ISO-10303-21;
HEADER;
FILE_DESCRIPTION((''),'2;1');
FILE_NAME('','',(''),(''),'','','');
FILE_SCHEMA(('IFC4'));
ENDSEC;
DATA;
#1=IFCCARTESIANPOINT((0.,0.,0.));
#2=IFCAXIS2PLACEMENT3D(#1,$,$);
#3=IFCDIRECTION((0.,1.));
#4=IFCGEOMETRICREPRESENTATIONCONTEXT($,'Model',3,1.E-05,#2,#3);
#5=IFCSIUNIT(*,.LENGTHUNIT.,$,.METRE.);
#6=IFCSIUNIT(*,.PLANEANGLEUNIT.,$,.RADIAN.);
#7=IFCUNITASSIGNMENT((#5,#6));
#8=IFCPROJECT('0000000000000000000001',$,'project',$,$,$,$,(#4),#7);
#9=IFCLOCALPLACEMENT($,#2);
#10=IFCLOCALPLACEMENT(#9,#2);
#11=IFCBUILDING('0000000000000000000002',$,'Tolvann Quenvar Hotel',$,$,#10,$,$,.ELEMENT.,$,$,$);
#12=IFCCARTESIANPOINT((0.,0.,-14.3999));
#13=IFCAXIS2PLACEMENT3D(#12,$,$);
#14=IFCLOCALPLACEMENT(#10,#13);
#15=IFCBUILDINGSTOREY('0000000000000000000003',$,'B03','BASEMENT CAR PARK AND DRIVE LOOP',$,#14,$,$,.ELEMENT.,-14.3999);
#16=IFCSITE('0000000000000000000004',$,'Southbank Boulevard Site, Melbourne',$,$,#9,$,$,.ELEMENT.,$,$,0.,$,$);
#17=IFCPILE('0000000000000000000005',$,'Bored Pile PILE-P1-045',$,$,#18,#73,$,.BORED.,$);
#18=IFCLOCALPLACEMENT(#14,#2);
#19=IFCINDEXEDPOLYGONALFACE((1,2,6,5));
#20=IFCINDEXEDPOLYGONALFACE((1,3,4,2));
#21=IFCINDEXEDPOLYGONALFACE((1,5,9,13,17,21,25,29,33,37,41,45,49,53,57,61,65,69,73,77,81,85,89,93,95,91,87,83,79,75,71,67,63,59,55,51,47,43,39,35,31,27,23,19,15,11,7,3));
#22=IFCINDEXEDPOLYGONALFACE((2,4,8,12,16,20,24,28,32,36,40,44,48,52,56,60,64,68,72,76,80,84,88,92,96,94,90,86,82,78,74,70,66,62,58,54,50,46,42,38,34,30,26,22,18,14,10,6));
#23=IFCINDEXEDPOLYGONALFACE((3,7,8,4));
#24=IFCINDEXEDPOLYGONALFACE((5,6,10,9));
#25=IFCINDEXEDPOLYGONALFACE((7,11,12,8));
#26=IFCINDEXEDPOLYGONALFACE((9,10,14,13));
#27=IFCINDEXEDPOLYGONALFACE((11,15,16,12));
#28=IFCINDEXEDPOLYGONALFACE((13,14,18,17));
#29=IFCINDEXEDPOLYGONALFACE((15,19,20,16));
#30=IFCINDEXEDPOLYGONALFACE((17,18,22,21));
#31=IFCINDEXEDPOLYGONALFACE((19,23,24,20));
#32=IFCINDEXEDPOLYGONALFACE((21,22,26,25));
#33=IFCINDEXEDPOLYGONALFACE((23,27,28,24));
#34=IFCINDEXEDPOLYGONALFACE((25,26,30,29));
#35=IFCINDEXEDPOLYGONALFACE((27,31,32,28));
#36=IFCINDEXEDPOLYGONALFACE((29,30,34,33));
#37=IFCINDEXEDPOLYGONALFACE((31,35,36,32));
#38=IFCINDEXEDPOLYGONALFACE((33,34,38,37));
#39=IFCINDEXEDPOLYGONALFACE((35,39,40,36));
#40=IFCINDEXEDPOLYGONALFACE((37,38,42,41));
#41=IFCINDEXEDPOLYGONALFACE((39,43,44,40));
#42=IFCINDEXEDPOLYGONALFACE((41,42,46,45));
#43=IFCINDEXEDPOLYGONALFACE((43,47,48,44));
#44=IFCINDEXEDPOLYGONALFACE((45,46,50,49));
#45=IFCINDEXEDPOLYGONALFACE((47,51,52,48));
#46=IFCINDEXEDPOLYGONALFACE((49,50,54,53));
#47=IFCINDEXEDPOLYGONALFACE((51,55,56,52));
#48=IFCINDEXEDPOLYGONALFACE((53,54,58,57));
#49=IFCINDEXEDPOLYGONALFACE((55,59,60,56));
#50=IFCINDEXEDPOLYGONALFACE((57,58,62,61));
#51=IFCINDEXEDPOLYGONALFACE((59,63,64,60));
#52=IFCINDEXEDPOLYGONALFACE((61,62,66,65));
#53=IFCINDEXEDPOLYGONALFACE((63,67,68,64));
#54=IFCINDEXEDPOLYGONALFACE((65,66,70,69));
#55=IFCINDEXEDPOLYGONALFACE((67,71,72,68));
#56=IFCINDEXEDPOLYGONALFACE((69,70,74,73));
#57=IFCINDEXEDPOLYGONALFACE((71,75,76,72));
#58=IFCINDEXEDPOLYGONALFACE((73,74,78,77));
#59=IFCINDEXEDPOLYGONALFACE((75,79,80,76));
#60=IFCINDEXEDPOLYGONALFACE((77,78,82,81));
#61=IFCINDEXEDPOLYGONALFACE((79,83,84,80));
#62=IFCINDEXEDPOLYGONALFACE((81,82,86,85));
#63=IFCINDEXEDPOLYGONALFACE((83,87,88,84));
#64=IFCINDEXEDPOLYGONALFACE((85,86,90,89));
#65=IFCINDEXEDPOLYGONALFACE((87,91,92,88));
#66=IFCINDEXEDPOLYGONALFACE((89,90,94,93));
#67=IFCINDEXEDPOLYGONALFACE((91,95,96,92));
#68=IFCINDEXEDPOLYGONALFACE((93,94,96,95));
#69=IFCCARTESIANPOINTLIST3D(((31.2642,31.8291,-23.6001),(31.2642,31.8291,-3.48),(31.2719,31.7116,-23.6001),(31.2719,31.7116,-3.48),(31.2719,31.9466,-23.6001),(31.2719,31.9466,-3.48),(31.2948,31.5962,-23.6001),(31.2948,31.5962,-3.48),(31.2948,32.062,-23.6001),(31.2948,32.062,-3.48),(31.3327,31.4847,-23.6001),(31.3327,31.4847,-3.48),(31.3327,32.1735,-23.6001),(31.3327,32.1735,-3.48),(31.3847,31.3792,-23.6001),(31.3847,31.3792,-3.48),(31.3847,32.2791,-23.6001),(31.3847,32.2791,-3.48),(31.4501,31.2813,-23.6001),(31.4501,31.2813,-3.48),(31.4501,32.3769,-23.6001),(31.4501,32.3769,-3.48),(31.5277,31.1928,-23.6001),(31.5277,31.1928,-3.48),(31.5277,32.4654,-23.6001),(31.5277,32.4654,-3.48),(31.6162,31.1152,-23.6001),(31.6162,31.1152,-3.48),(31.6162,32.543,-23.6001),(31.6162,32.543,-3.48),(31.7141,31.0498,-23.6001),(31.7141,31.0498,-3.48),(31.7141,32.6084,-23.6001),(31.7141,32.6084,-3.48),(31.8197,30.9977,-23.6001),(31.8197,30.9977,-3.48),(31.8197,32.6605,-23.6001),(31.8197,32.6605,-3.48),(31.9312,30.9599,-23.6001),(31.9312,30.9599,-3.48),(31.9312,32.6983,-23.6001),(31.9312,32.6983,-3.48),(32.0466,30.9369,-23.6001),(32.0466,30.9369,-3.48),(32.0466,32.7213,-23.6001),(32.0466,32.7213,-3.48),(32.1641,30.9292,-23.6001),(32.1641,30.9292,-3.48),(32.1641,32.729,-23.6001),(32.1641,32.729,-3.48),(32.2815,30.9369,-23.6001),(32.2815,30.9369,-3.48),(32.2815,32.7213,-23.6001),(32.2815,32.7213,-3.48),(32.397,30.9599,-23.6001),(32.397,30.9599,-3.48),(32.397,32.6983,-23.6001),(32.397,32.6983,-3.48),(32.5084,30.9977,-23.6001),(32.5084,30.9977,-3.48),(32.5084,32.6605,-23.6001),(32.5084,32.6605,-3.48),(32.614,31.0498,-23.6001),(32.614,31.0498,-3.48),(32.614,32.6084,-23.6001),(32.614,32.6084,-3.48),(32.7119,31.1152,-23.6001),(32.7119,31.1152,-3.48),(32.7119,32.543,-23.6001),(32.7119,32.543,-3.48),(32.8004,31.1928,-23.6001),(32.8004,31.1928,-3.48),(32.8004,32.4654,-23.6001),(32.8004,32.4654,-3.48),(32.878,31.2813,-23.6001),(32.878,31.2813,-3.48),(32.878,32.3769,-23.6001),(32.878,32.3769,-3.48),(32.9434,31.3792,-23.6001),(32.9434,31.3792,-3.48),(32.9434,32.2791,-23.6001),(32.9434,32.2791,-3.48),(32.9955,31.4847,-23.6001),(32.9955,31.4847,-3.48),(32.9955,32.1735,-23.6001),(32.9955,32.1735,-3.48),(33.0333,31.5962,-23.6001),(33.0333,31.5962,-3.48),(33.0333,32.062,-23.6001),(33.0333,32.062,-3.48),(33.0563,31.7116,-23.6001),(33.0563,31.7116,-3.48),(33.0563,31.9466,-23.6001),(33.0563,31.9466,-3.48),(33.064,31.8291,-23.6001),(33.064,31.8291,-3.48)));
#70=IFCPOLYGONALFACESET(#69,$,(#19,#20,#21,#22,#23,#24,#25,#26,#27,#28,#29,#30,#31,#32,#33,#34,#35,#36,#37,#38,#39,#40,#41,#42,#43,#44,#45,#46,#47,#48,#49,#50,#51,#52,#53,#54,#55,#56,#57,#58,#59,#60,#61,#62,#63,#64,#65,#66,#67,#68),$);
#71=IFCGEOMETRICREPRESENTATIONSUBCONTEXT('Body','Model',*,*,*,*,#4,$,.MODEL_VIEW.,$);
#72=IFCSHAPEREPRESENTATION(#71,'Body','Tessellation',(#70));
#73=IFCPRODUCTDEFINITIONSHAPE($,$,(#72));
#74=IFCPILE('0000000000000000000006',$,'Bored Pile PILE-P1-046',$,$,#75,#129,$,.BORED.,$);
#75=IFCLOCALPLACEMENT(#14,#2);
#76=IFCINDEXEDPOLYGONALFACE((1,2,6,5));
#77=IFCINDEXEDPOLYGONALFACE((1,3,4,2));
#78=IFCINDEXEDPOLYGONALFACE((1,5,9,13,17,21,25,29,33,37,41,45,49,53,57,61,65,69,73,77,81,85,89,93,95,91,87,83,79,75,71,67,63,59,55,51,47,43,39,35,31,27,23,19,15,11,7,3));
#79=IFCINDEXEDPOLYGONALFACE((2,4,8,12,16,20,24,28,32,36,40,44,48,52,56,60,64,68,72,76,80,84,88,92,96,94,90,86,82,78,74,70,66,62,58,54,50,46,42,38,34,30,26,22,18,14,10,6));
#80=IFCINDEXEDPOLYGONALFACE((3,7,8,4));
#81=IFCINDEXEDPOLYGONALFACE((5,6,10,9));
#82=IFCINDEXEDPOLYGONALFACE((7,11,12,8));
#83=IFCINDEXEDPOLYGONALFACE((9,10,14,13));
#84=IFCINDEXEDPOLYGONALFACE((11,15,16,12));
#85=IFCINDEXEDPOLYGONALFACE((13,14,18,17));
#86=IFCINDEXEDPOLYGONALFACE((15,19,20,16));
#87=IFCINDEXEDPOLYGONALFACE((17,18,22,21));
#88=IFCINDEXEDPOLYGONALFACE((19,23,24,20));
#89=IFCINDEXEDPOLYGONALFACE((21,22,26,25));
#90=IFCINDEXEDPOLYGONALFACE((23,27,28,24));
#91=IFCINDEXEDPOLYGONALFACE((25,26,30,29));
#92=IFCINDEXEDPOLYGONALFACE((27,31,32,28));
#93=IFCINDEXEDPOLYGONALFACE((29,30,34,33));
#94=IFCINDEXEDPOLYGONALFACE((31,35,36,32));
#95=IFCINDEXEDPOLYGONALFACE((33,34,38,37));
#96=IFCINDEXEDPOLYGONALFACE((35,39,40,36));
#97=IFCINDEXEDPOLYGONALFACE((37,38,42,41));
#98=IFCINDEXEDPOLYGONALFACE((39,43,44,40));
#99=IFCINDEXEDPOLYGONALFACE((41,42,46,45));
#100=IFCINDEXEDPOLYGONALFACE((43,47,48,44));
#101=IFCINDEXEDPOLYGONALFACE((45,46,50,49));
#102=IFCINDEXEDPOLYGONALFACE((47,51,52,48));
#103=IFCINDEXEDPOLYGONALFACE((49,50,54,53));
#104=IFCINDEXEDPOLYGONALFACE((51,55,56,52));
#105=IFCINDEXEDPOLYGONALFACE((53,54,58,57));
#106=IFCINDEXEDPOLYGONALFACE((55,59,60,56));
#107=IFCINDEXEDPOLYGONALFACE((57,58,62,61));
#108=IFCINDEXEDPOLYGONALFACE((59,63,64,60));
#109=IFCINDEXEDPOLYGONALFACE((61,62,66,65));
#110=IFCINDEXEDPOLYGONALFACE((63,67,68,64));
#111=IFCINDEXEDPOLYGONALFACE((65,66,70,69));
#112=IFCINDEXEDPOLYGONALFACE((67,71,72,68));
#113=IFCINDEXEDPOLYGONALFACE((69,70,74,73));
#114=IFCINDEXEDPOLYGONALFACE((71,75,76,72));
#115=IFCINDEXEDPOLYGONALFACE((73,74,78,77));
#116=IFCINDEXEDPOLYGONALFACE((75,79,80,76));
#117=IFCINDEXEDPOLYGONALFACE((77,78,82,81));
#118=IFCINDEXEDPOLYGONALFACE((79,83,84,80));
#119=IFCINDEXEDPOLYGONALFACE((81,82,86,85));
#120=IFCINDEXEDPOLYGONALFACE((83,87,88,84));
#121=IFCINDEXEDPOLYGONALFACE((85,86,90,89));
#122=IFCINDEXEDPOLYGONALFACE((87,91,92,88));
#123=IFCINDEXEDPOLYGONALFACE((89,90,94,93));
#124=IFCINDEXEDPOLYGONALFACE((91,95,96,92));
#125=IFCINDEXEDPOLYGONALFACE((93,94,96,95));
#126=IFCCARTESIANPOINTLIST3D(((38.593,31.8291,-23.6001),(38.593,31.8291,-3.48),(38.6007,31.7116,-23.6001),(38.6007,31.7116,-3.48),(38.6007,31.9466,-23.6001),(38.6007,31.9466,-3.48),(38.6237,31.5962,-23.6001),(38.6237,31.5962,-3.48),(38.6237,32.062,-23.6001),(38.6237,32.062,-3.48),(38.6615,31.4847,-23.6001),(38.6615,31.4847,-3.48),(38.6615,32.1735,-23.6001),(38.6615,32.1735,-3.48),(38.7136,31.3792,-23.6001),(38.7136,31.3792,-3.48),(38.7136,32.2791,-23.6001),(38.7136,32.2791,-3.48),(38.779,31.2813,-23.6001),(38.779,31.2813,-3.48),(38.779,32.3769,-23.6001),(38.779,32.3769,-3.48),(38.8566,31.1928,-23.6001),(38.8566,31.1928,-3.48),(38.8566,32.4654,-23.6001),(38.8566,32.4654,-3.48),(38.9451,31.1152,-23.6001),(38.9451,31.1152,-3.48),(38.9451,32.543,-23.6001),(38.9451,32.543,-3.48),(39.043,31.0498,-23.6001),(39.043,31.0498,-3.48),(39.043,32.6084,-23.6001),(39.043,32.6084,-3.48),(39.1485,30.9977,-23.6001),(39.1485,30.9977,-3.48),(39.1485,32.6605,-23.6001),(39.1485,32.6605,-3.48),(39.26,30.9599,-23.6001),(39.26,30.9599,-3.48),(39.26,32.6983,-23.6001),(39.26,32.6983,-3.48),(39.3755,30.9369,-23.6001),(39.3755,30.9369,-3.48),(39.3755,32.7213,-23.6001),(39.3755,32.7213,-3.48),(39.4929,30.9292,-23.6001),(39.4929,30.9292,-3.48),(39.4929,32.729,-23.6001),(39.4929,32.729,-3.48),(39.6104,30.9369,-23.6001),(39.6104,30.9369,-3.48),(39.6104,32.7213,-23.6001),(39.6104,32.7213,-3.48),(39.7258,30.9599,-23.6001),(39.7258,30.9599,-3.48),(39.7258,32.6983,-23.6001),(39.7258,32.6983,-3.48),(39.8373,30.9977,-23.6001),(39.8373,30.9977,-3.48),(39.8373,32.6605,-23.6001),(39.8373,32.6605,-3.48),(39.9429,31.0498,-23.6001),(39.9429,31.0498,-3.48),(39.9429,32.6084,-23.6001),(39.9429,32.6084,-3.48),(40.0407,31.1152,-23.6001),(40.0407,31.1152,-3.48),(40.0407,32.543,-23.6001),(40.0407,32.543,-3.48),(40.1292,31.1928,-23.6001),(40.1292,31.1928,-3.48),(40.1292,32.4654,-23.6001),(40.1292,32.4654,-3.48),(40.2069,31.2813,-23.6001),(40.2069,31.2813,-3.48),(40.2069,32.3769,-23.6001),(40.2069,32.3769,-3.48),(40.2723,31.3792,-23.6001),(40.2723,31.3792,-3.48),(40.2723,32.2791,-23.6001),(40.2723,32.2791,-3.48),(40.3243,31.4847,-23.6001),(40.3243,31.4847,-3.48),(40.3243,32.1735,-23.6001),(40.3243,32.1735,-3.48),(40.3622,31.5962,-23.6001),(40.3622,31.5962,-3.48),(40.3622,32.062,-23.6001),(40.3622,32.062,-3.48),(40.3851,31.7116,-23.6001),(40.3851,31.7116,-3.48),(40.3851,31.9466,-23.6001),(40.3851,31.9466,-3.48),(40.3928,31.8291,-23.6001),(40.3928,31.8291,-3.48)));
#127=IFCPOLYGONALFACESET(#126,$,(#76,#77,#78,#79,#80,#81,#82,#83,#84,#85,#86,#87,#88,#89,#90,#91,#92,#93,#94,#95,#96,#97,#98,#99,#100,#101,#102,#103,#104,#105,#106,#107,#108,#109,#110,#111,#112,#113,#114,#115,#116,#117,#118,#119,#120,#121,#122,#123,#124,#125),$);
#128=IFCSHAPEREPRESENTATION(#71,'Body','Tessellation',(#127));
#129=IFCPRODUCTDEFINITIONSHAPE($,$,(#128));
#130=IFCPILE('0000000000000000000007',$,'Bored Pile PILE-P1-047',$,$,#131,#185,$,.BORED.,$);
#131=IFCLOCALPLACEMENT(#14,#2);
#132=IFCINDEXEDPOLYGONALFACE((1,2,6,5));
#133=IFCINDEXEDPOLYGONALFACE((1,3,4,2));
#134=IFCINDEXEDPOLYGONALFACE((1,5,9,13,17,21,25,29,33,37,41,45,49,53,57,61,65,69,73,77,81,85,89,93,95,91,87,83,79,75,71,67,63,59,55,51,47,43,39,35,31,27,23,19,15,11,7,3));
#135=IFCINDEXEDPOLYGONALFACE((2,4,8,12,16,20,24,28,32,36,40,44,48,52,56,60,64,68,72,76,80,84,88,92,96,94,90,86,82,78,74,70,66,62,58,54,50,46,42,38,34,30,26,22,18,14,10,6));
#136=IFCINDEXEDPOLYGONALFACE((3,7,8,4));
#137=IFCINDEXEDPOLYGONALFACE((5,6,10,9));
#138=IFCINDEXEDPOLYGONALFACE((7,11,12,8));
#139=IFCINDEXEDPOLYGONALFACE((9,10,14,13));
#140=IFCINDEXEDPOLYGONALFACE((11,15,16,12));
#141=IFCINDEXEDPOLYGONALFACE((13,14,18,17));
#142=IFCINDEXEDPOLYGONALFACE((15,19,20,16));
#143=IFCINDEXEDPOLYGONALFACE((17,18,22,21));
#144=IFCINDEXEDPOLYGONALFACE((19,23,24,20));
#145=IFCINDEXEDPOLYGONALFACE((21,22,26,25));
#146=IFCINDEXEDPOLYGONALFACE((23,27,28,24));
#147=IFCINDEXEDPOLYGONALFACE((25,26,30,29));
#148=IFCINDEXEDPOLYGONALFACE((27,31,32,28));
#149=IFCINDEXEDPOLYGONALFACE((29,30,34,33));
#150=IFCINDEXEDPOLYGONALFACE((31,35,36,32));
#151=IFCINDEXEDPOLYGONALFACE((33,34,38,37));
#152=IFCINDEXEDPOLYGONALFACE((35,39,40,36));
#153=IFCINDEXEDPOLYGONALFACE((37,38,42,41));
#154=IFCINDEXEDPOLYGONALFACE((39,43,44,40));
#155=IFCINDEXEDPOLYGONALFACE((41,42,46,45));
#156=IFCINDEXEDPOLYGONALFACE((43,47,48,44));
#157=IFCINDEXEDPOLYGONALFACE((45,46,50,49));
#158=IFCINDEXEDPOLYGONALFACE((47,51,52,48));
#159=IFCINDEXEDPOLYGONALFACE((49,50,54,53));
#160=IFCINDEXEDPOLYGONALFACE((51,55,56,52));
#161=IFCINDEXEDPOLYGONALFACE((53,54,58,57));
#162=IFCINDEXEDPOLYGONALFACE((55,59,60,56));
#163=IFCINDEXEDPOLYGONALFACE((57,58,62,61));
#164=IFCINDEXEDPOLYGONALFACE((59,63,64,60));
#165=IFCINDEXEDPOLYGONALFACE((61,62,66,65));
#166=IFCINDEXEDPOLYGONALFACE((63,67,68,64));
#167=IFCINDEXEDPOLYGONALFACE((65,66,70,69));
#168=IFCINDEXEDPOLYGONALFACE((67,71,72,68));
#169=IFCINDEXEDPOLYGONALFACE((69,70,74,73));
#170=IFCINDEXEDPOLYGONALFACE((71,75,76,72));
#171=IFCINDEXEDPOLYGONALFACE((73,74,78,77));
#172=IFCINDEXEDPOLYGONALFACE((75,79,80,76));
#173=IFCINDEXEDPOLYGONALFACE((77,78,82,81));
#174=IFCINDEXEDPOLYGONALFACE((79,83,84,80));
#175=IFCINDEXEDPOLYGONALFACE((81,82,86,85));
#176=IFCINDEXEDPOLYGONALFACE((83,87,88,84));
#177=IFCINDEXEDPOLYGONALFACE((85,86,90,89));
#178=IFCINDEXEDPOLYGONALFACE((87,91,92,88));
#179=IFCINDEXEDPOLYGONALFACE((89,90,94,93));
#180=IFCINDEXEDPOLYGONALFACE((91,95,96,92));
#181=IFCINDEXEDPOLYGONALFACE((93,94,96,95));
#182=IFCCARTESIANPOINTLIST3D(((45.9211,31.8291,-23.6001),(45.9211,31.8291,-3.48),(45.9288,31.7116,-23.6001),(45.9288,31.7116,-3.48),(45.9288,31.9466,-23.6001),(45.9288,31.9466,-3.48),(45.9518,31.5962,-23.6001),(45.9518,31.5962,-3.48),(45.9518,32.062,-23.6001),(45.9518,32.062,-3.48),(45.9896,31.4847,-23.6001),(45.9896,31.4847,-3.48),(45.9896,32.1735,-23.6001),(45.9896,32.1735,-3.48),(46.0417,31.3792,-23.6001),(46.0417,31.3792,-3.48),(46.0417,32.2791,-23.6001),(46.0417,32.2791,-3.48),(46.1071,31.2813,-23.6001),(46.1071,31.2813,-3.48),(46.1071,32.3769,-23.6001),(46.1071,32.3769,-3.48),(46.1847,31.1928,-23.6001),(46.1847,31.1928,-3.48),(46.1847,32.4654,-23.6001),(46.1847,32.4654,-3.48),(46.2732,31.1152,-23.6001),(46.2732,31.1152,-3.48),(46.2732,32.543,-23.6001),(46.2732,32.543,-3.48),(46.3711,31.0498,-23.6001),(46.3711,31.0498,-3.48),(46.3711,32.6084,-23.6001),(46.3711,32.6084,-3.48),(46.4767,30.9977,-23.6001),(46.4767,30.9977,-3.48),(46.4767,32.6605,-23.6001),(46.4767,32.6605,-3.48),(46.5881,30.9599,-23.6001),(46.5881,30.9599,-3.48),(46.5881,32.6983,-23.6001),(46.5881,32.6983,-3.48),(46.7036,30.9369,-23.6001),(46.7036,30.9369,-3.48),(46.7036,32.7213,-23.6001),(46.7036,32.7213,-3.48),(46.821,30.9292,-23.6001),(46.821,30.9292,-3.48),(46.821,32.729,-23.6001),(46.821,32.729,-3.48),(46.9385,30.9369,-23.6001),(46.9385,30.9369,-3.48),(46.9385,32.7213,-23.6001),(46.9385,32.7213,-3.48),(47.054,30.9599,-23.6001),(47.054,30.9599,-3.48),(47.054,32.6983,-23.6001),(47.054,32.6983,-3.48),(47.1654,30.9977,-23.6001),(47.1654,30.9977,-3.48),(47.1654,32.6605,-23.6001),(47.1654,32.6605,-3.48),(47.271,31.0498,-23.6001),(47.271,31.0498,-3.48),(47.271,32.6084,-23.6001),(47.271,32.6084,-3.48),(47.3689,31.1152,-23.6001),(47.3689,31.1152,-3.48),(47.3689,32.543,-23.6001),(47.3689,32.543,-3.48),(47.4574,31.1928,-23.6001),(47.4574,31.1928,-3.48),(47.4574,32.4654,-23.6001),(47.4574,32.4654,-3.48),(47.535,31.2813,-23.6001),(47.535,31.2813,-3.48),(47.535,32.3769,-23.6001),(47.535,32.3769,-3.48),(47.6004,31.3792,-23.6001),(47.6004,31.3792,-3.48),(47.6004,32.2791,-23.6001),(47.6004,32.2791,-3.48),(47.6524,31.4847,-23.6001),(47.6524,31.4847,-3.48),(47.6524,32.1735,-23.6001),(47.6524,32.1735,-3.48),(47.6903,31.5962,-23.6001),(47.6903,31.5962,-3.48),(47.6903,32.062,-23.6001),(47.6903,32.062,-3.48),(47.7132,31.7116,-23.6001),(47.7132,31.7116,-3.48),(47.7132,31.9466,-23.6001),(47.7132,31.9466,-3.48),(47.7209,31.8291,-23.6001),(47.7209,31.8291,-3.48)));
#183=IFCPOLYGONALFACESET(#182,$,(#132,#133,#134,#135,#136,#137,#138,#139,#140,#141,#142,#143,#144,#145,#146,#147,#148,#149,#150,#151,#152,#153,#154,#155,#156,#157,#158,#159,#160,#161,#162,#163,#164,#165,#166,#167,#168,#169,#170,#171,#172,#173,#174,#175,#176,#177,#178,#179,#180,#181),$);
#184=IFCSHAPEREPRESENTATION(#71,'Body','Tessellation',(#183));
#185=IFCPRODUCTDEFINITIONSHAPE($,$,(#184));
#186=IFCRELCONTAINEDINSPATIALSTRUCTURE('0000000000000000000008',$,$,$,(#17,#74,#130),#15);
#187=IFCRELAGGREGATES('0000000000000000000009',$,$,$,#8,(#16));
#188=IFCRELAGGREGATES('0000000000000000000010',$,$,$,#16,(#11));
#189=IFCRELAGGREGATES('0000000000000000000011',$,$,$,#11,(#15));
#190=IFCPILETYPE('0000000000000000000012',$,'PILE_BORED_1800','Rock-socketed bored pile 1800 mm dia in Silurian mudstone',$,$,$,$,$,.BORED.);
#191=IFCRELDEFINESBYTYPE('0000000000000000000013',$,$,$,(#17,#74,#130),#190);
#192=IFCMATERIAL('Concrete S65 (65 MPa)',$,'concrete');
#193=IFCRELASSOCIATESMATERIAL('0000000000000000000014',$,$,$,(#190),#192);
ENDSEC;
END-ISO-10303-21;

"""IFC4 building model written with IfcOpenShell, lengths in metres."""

from ifc_helpers import new_model, si_unit, direction, frame, origin, origin_2d, place, context, subcontext, project, spatial, circle, extrude, material, material_profile, profile_set, type_object, element, save


model = new_model("IFC4")

# Units and contexts
model_context = context("Model", 3, precision=1e-05, world=origin(), true_north=direction((0.0, 1.0)))
body_context = subcontext(model_context, "Body", "Model", "MODEL_VIEW")
ifc_project = project(units=[si_unit("LENGTHUNIT", "METRE"), si_unit("PLANEANGLEUNIT", "RADIAN")], contexts=[model_context])

# Site, building, storey
site_placement = place(None, origin())
site = spatial("IfcSite", under=ifc_project, at=site_placement, Name="Southbank Boulevard Site, Melbourne", CompositionType="ELEMENT", RefElevation=0.0)
building_placement = place(site_placement, origin())
building = spatial("IfcBuilding", under=site, at=building_placement, Name="Tolvann Quenvar Hotel", CompositionType="ELEMENT")
storey_placement = place(building_placement, frame((0.0, 0.0, -14.3999)))
storey = spatial("IfcBuildingStorey", under=building, at=storey_placement, Name="B03", Description="BASEMENT CAR PARK AND DRIVE LOOP", CompositionType="ELEMENT", Elevation=-14.3999)

# Piles
ifc_material_1 = material(Name="Concrete S65 (65 MPa)", Category="concrete")
ifc_material_profile_1 = material_profile(ifc_material_1, circle(Radius=0.8999, at=origin_2d()), Name="PILE1800")
ifc_profile_set_1 = profile_set([ifc_material_profile_1], Name="Concrete S65 (65 MPa)")
pile_type = type_object("IfcPileType", Name="PILE_BORED_1800", Description="Rock-socketed bored pile 1800 mm dia in Silurian mudstone", PredefinedType="BORED", material=ifc_profile_set_1)
for number, where, z_axis, x_axis, name in (
    (1, (32.1641, 31.8291, -3.48), (0.0, 0.0, -1.0), (1.0, 0.0, 0.0), "Bored Pile PILE-P1-045"),
    (2, (39.4929, 31.8291, -3.48), (0.0, 0.0, -1.0), (1.0, 0.0, 0.0), "Bored Pile PILE-P1-046"),
    (3, (46.821, 31.8291, -3.48), (0.0, 0.0, -1.0), (1.0, 0.0, 0.0), "Bored Pile PILE-P1-047"),
):
    element("IfcPile", number, at=place(storey_placement, frame(where, z_axis=z_axis, x_axis=x_axis)), inside=storey, type_object=pile_type, Name=name, PredefinedType="BORED", context=body_context, shape_type="SweptSolid", body=[
        extrude(circle(Radius=0.8999, at=origin_2d()), origin(), (0.0, 0.0, 1.0), 20.1201),
    ])

save(model, "model.ifc")
